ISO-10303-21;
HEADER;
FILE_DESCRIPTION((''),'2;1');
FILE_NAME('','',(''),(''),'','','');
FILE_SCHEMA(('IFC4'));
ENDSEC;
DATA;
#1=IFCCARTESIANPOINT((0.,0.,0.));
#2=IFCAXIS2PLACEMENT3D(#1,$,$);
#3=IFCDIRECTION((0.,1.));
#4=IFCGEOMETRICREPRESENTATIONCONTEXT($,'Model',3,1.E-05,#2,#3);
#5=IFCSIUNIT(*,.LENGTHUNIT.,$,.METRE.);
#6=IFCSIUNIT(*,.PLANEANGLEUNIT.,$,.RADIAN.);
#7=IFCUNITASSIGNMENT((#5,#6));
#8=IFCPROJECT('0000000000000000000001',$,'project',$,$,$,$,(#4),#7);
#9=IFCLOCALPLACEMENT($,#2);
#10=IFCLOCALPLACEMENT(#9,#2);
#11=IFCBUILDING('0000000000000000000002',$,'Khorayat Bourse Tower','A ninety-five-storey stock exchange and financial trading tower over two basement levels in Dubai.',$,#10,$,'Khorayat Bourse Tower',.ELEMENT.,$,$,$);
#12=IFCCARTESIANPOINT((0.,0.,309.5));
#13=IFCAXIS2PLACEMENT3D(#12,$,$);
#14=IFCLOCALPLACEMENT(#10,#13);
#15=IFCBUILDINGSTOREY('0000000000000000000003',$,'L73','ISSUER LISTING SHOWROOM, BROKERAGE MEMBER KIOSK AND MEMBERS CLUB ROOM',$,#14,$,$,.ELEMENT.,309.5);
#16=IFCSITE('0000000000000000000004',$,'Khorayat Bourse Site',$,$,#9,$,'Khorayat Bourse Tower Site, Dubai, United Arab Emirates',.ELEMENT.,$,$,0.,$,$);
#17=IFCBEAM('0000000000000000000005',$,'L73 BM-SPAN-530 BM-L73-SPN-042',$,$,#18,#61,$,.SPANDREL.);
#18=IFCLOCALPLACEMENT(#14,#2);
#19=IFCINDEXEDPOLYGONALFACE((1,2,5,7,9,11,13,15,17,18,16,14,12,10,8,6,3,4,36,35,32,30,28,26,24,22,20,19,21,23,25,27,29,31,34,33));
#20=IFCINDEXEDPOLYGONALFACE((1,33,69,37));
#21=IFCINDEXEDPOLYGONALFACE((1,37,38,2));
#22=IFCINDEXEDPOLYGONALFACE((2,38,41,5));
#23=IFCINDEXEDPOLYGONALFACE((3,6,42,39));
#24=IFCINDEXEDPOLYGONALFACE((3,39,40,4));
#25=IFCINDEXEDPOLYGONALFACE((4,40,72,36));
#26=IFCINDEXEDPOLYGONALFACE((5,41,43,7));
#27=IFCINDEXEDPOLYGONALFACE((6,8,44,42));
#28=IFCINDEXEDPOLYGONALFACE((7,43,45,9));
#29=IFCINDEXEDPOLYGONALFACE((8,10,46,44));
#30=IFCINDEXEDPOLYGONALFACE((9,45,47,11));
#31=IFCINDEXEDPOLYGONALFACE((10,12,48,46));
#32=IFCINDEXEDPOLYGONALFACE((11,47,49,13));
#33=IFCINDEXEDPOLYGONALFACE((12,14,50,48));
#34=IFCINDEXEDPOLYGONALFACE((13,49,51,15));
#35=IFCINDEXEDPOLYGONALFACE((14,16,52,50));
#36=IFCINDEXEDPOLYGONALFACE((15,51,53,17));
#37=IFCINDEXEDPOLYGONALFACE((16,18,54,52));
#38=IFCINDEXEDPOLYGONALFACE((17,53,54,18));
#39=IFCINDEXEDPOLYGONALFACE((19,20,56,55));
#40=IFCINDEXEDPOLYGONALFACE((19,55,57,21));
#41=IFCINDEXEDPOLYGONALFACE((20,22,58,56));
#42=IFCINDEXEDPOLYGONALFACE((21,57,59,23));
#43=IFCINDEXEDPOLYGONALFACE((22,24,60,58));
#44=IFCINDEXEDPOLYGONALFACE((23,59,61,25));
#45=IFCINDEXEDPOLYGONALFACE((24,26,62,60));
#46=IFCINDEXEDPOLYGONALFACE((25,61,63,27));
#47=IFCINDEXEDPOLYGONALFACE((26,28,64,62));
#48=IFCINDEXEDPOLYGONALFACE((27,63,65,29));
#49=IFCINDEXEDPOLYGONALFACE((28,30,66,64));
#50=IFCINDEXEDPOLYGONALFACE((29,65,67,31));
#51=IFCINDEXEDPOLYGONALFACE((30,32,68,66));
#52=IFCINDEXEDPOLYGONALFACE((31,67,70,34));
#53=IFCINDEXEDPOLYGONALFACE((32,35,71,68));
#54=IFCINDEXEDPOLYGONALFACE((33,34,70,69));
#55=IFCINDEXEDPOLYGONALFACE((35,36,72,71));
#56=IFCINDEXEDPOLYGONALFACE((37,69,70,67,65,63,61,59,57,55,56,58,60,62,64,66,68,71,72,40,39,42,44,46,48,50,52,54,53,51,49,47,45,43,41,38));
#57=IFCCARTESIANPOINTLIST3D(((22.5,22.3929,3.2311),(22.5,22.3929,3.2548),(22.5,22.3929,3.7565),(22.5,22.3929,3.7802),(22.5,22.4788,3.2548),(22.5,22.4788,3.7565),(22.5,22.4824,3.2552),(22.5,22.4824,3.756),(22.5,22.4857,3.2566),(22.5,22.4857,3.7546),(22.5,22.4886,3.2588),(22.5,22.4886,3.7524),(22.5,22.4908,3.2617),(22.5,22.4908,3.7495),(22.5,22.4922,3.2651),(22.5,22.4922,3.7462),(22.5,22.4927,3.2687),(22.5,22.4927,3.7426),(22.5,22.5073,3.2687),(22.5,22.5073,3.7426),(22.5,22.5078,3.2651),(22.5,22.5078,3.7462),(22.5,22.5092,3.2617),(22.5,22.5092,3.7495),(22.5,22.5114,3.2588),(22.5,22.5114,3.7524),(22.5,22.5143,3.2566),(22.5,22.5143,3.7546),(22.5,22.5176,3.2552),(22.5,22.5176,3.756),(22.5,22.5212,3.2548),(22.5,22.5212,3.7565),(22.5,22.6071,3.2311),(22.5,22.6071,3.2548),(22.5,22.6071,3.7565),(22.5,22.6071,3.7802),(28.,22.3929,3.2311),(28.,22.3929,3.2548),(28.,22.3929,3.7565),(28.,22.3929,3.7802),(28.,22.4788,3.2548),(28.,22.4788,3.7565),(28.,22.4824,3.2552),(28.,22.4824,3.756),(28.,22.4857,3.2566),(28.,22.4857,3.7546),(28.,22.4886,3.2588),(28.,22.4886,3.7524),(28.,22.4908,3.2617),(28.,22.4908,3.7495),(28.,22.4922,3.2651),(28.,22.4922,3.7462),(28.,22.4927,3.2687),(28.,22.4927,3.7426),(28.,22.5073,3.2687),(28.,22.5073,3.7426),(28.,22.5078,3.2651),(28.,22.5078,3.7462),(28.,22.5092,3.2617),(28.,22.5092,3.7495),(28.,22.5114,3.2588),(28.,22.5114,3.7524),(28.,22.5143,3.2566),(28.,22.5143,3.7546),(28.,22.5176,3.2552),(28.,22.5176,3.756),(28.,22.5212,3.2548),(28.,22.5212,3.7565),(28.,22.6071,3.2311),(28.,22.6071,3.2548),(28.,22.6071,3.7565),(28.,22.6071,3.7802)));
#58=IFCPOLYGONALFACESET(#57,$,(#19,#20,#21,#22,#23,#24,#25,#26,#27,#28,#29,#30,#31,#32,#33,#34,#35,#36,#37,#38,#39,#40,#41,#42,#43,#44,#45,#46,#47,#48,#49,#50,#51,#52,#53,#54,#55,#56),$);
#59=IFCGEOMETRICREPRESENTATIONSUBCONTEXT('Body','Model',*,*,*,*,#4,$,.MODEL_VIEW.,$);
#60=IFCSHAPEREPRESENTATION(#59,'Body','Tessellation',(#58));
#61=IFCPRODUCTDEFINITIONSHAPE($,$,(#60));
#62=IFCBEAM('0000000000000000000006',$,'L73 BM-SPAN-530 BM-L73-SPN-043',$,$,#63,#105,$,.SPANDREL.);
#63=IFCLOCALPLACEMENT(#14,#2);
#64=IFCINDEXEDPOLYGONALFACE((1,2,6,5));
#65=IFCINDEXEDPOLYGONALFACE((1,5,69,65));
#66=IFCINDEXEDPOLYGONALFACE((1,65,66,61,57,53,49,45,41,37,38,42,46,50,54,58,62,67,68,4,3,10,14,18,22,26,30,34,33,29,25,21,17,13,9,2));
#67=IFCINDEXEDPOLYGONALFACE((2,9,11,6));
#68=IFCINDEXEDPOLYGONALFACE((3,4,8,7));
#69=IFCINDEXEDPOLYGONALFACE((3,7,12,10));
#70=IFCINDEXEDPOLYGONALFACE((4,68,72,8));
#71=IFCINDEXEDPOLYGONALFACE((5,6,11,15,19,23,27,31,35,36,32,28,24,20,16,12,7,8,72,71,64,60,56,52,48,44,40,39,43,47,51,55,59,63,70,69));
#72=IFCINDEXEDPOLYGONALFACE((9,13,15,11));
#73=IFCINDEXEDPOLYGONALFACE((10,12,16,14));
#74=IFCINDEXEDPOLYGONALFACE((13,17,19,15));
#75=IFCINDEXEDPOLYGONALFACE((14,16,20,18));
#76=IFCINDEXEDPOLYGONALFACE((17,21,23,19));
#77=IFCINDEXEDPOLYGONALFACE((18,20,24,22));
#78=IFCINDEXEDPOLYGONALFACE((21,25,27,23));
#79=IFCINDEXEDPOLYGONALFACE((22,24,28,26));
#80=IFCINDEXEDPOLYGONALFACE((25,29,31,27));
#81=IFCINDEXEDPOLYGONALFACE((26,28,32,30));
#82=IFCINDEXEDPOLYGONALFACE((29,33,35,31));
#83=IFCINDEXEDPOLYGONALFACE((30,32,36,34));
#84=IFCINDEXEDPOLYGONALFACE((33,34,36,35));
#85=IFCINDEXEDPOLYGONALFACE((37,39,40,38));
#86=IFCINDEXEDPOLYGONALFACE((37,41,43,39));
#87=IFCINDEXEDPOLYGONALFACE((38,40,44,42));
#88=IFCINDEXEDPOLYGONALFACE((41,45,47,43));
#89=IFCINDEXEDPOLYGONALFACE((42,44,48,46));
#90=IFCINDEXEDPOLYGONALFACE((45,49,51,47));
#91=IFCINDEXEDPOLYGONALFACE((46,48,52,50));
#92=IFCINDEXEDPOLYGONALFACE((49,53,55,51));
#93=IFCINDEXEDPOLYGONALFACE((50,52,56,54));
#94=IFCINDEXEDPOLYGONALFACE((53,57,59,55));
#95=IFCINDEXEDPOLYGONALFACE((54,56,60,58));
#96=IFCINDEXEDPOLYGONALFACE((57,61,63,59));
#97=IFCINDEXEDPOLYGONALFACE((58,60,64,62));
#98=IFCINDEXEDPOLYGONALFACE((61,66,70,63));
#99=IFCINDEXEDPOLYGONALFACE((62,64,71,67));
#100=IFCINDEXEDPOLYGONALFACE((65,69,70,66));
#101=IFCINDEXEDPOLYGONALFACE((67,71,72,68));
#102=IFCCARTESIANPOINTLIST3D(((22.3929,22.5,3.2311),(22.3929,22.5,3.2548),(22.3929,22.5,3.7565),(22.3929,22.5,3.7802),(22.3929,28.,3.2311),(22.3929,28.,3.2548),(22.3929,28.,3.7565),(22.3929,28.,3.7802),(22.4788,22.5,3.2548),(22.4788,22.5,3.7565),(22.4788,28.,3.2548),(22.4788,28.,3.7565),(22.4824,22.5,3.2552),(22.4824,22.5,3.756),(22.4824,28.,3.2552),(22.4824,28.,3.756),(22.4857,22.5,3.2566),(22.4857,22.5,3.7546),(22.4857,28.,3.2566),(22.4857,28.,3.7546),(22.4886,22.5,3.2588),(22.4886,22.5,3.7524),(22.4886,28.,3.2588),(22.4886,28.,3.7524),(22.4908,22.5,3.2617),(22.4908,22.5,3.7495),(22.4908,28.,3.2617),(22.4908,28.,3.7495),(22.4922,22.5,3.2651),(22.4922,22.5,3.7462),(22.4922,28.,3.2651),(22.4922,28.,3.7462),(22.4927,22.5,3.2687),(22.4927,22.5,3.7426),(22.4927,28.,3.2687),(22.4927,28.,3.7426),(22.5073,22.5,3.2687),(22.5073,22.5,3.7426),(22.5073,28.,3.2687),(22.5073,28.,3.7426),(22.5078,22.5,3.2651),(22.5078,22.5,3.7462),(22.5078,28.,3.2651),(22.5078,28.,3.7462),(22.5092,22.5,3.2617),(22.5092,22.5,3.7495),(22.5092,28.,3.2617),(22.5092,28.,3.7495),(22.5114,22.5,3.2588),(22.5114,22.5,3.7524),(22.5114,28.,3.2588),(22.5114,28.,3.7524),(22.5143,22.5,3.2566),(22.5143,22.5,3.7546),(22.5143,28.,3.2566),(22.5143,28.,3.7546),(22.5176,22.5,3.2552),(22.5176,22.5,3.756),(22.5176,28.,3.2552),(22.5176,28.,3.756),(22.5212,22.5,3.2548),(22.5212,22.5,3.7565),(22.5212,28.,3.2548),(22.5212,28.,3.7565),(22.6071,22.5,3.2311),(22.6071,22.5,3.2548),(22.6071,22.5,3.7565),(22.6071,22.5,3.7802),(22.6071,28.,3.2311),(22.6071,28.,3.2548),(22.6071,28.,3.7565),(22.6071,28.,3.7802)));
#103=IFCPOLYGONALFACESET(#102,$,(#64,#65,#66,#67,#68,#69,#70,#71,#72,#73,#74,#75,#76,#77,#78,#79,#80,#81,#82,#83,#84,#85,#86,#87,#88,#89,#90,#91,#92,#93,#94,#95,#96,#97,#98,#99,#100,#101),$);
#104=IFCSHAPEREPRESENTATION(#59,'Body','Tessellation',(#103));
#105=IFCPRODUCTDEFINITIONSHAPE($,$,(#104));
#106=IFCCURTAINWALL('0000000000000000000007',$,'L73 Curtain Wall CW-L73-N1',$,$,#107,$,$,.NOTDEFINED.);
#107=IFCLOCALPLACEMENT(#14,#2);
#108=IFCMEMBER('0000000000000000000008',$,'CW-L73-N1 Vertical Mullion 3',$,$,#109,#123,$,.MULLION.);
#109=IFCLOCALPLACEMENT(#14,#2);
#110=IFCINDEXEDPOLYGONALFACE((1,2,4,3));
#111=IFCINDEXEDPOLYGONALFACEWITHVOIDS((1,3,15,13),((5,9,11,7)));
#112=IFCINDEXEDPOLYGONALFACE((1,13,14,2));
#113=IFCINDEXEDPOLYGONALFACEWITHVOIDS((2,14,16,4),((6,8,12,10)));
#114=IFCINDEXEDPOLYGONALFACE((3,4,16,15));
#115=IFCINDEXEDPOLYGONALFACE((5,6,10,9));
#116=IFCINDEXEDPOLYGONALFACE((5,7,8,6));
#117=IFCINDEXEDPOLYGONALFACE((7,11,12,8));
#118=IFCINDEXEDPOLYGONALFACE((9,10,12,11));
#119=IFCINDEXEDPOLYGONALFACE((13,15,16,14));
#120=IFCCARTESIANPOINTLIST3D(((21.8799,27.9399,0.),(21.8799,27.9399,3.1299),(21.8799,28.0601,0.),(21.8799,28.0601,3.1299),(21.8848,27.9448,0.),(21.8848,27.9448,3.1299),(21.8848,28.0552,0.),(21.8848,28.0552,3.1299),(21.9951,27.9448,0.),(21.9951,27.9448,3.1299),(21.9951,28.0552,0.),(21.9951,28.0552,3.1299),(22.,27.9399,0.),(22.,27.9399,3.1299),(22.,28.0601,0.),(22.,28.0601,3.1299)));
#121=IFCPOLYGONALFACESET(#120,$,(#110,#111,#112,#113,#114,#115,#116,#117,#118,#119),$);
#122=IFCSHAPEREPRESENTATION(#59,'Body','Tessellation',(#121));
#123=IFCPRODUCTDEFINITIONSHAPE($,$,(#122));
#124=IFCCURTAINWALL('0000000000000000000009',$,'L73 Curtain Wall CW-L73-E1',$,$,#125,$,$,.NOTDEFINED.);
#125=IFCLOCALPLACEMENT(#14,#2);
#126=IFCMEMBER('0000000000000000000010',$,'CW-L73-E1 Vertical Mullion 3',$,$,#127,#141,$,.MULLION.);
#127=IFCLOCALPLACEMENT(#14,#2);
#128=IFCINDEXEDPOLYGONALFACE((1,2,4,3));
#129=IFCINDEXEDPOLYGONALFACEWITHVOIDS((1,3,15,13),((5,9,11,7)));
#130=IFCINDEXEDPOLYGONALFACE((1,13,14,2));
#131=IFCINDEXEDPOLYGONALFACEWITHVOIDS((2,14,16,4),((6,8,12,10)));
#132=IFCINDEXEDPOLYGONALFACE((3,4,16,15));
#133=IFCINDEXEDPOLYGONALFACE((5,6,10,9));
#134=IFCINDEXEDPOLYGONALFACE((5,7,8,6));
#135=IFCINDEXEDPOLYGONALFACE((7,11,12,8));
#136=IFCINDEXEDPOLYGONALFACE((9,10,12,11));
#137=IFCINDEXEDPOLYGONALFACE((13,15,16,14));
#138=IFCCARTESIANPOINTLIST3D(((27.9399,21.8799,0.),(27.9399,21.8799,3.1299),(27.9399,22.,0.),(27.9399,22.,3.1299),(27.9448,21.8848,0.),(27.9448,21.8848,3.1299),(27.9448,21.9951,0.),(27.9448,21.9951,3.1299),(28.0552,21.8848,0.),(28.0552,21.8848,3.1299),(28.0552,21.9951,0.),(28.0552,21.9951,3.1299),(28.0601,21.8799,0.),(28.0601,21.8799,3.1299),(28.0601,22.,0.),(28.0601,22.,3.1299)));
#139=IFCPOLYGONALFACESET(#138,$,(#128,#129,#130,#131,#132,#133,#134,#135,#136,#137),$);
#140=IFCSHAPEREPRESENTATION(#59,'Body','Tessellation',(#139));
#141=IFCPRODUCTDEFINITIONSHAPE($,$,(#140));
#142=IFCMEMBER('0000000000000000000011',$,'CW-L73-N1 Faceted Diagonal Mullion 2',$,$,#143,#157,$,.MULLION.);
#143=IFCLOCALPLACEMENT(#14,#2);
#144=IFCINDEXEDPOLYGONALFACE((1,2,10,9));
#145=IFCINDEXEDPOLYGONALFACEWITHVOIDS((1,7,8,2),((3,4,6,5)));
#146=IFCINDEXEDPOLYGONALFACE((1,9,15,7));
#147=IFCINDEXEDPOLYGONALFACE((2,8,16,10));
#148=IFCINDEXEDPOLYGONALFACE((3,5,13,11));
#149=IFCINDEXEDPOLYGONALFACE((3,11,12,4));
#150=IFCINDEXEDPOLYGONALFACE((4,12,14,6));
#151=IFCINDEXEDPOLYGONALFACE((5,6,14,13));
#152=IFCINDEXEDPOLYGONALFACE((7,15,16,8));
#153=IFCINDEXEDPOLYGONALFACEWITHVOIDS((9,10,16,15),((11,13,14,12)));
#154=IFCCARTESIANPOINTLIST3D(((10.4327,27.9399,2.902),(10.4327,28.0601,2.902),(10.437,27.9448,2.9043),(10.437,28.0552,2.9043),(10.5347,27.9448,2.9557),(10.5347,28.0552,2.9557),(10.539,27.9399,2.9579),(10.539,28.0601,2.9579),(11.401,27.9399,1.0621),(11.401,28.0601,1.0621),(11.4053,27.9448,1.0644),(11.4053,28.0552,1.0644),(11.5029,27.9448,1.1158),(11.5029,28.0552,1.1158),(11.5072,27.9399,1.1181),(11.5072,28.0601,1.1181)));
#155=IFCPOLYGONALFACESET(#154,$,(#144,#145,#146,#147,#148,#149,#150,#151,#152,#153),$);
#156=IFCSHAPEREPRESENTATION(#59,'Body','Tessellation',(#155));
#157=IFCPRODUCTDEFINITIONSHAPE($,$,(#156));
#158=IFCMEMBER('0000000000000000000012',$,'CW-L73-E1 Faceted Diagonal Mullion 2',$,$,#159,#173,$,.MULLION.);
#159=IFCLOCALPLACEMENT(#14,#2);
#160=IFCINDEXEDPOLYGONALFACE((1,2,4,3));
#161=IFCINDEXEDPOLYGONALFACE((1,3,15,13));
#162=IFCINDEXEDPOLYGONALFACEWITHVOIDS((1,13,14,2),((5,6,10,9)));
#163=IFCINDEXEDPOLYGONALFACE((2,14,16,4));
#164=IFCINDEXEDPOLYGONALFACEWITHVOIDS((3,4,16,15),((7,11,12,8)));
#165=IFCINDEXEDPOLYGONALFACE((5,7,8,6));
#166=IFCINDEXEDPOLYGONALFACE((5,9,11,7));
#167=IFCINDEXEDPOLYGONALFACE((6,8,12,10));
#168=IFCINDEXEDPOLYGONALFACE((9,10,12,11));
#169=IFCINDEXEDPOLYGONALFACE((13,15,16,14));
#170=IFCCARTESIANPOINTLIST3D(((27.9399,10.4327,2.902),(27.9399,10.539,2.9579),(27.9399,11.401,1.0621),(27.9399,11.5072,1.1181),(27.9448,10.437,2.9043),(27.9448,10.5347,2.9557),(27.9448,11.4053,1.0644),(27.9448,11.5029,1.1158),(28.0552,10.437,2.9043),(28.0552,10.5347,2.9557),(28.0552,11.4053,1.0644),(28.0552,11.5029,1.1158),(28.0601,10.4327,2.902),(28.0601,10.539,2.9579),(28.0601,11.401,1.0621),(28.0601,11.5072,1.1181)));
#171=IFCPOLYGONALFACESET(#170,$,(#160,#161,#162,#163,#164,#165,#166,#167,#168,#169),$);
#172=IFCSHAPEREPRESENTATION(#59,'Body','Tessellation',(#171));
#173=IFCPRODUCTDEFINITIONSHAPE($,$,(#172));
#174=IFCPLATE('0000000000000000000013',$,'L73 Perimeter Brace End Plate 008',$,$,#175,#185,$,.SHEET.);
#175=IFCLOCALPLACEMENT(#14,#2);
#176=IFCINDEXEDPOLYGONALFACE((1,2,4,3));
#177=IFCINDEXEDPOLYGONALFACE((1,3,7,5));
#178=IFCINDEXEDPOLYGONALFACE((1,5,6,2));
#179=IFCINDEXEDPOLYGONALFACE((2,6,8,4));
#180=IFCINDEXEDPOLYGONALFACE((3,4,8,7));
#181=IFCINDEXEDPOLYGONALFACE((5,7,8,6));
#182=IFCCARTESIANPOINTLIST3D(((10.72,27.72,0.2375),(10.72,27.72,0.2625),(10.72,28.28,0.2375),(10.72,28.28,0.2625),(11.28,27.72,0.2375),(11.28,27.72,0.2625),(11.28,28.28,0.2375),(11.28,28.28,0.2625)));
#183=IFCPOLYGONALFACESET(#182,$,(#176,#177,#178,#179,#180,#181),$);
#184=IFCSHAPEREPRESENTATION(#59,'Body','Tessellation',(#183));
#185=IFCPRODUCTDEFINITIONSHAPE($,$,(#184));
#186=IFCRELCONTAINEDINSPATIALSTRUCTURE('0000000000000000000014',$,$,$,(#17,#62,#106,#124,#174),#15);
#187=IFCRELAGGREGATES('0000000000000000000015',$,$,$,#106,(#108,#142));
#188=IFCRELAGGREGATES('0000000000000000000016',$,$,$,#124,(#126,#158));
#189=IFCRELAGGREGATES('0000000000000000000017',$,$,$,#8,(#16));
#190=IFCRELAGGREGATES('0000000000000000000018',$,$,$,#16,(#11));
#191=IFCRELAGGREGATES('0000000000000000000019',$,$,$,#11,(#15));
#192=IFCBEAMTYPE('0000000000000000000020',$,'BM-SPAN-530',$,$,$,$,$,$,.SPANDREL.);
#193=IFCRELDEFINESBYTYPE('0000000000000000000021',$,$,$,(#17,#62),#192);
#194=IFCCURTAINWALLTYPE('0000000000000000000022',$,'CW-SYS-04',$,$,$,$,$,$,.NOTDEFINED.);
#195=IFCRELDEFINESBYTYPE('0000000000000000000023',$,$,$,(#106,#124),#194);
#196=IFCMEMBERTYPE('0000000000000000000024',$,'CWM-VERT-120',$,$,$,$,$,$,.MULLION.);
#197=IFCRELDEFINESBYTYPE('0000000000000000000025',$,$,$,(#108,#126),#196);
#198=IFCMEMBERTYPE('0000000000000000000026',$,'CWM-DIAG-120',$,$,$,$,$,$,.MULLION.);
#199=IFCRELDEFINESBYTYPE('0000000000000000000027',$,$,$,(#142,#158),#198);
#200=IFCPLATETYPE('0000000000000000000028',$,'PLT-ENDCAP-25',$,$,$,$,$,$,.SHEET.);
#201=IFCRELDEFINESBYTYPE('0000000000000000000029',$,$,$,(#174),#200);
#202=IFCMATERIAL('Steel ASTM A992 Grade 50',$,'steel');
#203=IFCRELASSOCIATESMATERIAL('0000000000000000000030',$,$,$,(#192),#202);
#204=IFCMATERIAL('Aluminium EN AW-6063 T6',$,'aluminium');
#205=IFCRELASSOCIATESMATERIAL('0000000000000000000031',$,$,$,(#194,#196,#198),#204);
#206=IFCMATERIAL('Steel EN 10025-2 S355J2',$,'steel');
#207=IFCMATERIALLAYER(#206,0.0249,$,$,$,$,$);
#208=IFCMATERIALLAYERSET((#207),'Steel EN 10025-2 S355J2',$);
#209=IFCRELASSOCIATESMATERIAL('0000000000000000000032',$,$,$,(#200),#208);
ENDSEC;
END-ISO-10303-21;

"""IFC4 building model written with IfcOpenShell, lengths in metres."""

from ifc_helpers import new_model, si_unit, direction, frame, origin, origin_2d, place, context, subcontext, project, spatial, rectangle, hollow_rectangle, i_section, extrude, source, transform, mapped, material, layer, layer_set, material_profile, profile_set, type_object, element, aggregate, save


model = new_model("IFC4")

# Units and contexts
model_context = context("Model", 3, precision=1e-05, world=origin(), true_north=direction((0.0, 1.0)))
body_context = subcontext(model_context, "Body", "Model", "MODEL_VIEW")
ifc_project = project(units=[si_unit("LENGTHUNIT", "METRE"), si_unit("PLANEANGLEUNIT", "RADIAN")], contexts=[model_context])

# Site, building, storey
site_placement = place(None, origin())
site = spatial("IfcSite", under=ifc_project, at=site_placement, Name="Khorayat Bourse Site", LongName="Khorayat Bourse Tower Site, Dubai, United Arab Emirates", CompositionType="ELEMENT", RefElevation=0.0)
building_placement = place(site_placement, origin())
building = spatial("IfcBuilding", under=site, at=building_placement, Name="Khorayat Bourse Tower", Description="A ninety-five-storey stock exchange and financial trading tower over two basement levels in Dubai.", LongName="Khorayat Bourse Tower", CompositionType="ELEMENT")
storey_placement = place(building_placement, frame((0.0, 0.0, 309.5)))
storey = spatial("IfcBuildingStorey", under=building, at=storey_placement, Name="L73", Description="ISSUER LISTING SHOWROOM, BROKERAGE MEMBER KIOSK AND MEMBERS CLUB ROOM", CompositionType="ELEMENT", Elevation=309.5)

# Beams
ifc_material_1 = material(Name="Steel ASTM A992 Grade 50", Category="steel")
ifc_material_profile_1 = material_profile(ifc_material_1, i_section(OverallWidth=0.2141, OverallDepth=0.5491, WebThickness=0.0146, FlangeThickness=0.0237, FilletRadius=0.0139, at=origin_2d()), Name="W530X138")
ifc_profile_set_1 = profile_set([ifc_material_profile_1], Name="Steel ASTM A992 Grade 50")
beam_type_1 = type_object("IfcBeamType", Name="BM-SPAN-530", PredefinedType="SPANDREL", material=ifc_profile_set_1)
shared_shape_1 = source(origin(), body_context, "Body", "SweptSolid", [
    extrude(i_section(OverallWidth=0.2141, OverallDepth=0.5491, WebThickness=0.0146, FlangeThickness=0.0237, FilletRadius=0.0139, at=origin_2d()), origin(), (0.0, 0.0, 1.0), 5.5),
])
for number, where, z_axis, x_axis, name in (
    (1, (22.5, 22.5, 3.5056), (1.0, 0.0, 0.0), (0.0, 1.0, 0.0), "L73 BM-SPAN-530 BM-L73-SPN-042"),
    (2, (22.5, 22.5, 3.5056), (0.0, 1.0, 0.0), (-1.0, 0.0, 0.0), "L73 BM-SPAN-530 BM-L73-SPN-043"),
):
    element("IfcBeam", number, at=place(storey_placement, frame(where, z_axis=z_axis, x_axis=x_axis)), inside=storey, type_object=beam_type_1, Name=name, PredefinedType="SPANDREL", context=body_context, shape_type="MappedRepresentation", body=[
        mapped(shared_shape_1, transform((0.0, 0.0, 0.0), scale=1.0)),
    ])

# Curtain walls, members
ifc_material_2 = material(Name="Aluminium EN AW-6063 T6", Category="aluminium")
curtain_wall_type = type_object("IfcCurtainWallType", Name="CW-SYS-04", PredefinedType="NOTDEFINED", material=ifc_material_2)
curtain_wall_1_placement = place(storey_placement, origin())
curtain_wall_1 = element("IfcCurtainWall", 3, at=curtain_wall_1_placement, inside=storey, type_object=curtain_wall_type, Name="L73 Curtain Wall CW-L73-N1", PredefinedType="NOTDEFINED")
ifc_material_profile_2 = material_profile(ifc_material_2, hollow_rectangle(XDim=0.1201, YDim=0.1201, WallThickness=0.0049, at=origin_2d()), Name="ALU 120x120x5")
ifc_profile_set_2 = profile_set([ifc_material_profile_2], Name="Aluminium EN AW-6063 T6")
member_type_1 = type_object("IfcMemberType", Name="CWM-VERT-120", PredefinedType="MULLION", material=ifc_profile_set_2)
shared_shape_2 = source(origin(), body_context, "Body", "SweptSolid", [
    extrude(hollow_rectangle(XDim=0.1201, YDim=0.1201, WallThickness=0.0049, at=origin_2d()), origin(), (0.0, 0.0, 1.0), 3.1299),
])
member_1_placement = place(storey_placement, frame((21.9399, 28.0, 0.0), z_axis=(0.0, 0.0, 1.0), x_axis=(0.0, 1.0, 0.0)))
member_1 = element("IfcMember", 4, at=member_1_placement, type_object=member_type_1, Name="CW-L73-N1 Vertical Mullion 3", PredefinedType="MULLION", context=body_context, shape_type="MappedRepresentation", body=[
    mapped(shared_shape_2, transform((0.0, 0.0, 0.0), scale=1.0)),
])
curtain_wall_2_placement = place(storey_placement, origin())
curtain_wall_2 = element("IfcCurtainWall", 5, at=curtain_wall_2_placement, inside=storey, type_object=curtain_wall_type, Name="L73 Curtain Wall CW-L73-E1", PredefinedType="NOTDEFINED")
member_2_placement = place(storey_placement, frame((28.0, 21.9399, 0.0), z_axis=(0.0, 0.0, 1.0), x_axis=(-1.0, 0.0, 0.0)))
member_2 = element("IfcMember", 6, at=member_2_placement, type_object=member_type_1, Name="CW-L73-E1 Vertical Mullion 3", PredefinedType="MULLION", context=body_context, shape_type="MappedRepresentation", body=[
    mapped(shared_shape_2, transform((0.0, 0.0, 0.0), scale=1.0)),
])

# Members
ifc_material_profile_3 = material_profile(ifc_material_2, hollow_rectangle(XDim=0.1201, YDim=0.1201, WallThickness=0.0049, at=origin_2d()), Name="ALU 120x120x5")
ifc_profile_set_3 = profile_set([ifc_material_profile_3], Name="Aluminium EN AW-6063 T6")
member_type_2 = type_object("IfcMemberType", Name="CWM-DIAG-120", PredefinedType="MULLION", material=ifc_profile_set_3)
shared_shape_3 = source(origin(), body_context, "Body", "SweptSolid", [
    extrude(hollow_rectangle(XDim=0.1201, YDim=0.1201, WallThickness=0.0049, at=origin_2d()), origin(), (0.0, 0.0, 1.0), 2.0791),
])
member_3_placement = place(storey_placement, frame((11.4541, 28.0, 1.0901), z_axis=(-0.465717, 0.0, 0.884934), x_axis=(0.0, -1.0, 0.0)))
member_3 = element("IfcMember", 7, at=member_3_placement, type_object=member_type_2, Name="CW-L73-N1 Faceted Diagonal Mullion 2", PredefinedType="MULLION", context=body_context, shape_type="MappedRepresentation", body=[
    mapped(shared_shape_3, transform((0.0, 0.0, 0.0), scale=1.0)),
])
aggregate(curtain_wall_1, [member_1, member_3])
member_4_placement = place(storey_placement, frame((28.0, 11.4541, 1.0901), z_axis=(0.0, -0.465717, 0.884934), x_axis=(1.0, 0.0, 0.0)))
member_4 = element("IfcMember", 8, at=member_4_placement, type_object=member_type_2, Name="CW-L73-E1 Faceted Diagonal Mullion 2", PredefinedType="MULLION", context=body_context, shape_type="MappedRepresentation", body=[
    mapped(shared_shape_3, transform((0.0, 0.0, 0.0), scale=1.0)),
])
aggregate(curtain_wall_2, [member_2, member_4])

# Plate
ifc_material_3 = material(Name="Steel EN 10025-2 S355J2", Category="steel")
ifc_layer_1 = layer(ifc_material_3, 0.0249)
ifc_layer_set_1 = layer_set([ifc_layer_1], Name="Steel EN 10025-2 S355J2")
plate_type = type_object("IfcPlateType", Name="PLT-ENDCAP-25", PredefinedType="SHEET", material=ifc_layer_set_1)
shared_shape_4 = source(origin(), body_context, "Body", "SweptSolid", [
    extrude(rectangle(XDim=0.5601, YDim=0.5601, at=origin_2d()), origin(), (0.0, 0.0, 1.0), 0.0249),
])
for number, where, z_axis, x_axis, name in (
    (9, (11.0, 28.0, 0.2375), (0.0, 0.0, 1.0), (1.0, 0.0, 0.0), "L73 Perimeter Brace End Plate 008"),
):
    element("IfcPlate", number, at=place(storey_placement, frame(where, z_axis=z_axis, x_axis=x_axis)), inside=storey, type_object=plate_type, Name=name, PredefinedType="SHEET", context=body_context, shape_type="MappedRepresentation", body=[
        mapped(shared_shape_4, transform((0.0, 0.0, 0.0), scale=1.0)),
    ])

save(model, "model.ifc")
